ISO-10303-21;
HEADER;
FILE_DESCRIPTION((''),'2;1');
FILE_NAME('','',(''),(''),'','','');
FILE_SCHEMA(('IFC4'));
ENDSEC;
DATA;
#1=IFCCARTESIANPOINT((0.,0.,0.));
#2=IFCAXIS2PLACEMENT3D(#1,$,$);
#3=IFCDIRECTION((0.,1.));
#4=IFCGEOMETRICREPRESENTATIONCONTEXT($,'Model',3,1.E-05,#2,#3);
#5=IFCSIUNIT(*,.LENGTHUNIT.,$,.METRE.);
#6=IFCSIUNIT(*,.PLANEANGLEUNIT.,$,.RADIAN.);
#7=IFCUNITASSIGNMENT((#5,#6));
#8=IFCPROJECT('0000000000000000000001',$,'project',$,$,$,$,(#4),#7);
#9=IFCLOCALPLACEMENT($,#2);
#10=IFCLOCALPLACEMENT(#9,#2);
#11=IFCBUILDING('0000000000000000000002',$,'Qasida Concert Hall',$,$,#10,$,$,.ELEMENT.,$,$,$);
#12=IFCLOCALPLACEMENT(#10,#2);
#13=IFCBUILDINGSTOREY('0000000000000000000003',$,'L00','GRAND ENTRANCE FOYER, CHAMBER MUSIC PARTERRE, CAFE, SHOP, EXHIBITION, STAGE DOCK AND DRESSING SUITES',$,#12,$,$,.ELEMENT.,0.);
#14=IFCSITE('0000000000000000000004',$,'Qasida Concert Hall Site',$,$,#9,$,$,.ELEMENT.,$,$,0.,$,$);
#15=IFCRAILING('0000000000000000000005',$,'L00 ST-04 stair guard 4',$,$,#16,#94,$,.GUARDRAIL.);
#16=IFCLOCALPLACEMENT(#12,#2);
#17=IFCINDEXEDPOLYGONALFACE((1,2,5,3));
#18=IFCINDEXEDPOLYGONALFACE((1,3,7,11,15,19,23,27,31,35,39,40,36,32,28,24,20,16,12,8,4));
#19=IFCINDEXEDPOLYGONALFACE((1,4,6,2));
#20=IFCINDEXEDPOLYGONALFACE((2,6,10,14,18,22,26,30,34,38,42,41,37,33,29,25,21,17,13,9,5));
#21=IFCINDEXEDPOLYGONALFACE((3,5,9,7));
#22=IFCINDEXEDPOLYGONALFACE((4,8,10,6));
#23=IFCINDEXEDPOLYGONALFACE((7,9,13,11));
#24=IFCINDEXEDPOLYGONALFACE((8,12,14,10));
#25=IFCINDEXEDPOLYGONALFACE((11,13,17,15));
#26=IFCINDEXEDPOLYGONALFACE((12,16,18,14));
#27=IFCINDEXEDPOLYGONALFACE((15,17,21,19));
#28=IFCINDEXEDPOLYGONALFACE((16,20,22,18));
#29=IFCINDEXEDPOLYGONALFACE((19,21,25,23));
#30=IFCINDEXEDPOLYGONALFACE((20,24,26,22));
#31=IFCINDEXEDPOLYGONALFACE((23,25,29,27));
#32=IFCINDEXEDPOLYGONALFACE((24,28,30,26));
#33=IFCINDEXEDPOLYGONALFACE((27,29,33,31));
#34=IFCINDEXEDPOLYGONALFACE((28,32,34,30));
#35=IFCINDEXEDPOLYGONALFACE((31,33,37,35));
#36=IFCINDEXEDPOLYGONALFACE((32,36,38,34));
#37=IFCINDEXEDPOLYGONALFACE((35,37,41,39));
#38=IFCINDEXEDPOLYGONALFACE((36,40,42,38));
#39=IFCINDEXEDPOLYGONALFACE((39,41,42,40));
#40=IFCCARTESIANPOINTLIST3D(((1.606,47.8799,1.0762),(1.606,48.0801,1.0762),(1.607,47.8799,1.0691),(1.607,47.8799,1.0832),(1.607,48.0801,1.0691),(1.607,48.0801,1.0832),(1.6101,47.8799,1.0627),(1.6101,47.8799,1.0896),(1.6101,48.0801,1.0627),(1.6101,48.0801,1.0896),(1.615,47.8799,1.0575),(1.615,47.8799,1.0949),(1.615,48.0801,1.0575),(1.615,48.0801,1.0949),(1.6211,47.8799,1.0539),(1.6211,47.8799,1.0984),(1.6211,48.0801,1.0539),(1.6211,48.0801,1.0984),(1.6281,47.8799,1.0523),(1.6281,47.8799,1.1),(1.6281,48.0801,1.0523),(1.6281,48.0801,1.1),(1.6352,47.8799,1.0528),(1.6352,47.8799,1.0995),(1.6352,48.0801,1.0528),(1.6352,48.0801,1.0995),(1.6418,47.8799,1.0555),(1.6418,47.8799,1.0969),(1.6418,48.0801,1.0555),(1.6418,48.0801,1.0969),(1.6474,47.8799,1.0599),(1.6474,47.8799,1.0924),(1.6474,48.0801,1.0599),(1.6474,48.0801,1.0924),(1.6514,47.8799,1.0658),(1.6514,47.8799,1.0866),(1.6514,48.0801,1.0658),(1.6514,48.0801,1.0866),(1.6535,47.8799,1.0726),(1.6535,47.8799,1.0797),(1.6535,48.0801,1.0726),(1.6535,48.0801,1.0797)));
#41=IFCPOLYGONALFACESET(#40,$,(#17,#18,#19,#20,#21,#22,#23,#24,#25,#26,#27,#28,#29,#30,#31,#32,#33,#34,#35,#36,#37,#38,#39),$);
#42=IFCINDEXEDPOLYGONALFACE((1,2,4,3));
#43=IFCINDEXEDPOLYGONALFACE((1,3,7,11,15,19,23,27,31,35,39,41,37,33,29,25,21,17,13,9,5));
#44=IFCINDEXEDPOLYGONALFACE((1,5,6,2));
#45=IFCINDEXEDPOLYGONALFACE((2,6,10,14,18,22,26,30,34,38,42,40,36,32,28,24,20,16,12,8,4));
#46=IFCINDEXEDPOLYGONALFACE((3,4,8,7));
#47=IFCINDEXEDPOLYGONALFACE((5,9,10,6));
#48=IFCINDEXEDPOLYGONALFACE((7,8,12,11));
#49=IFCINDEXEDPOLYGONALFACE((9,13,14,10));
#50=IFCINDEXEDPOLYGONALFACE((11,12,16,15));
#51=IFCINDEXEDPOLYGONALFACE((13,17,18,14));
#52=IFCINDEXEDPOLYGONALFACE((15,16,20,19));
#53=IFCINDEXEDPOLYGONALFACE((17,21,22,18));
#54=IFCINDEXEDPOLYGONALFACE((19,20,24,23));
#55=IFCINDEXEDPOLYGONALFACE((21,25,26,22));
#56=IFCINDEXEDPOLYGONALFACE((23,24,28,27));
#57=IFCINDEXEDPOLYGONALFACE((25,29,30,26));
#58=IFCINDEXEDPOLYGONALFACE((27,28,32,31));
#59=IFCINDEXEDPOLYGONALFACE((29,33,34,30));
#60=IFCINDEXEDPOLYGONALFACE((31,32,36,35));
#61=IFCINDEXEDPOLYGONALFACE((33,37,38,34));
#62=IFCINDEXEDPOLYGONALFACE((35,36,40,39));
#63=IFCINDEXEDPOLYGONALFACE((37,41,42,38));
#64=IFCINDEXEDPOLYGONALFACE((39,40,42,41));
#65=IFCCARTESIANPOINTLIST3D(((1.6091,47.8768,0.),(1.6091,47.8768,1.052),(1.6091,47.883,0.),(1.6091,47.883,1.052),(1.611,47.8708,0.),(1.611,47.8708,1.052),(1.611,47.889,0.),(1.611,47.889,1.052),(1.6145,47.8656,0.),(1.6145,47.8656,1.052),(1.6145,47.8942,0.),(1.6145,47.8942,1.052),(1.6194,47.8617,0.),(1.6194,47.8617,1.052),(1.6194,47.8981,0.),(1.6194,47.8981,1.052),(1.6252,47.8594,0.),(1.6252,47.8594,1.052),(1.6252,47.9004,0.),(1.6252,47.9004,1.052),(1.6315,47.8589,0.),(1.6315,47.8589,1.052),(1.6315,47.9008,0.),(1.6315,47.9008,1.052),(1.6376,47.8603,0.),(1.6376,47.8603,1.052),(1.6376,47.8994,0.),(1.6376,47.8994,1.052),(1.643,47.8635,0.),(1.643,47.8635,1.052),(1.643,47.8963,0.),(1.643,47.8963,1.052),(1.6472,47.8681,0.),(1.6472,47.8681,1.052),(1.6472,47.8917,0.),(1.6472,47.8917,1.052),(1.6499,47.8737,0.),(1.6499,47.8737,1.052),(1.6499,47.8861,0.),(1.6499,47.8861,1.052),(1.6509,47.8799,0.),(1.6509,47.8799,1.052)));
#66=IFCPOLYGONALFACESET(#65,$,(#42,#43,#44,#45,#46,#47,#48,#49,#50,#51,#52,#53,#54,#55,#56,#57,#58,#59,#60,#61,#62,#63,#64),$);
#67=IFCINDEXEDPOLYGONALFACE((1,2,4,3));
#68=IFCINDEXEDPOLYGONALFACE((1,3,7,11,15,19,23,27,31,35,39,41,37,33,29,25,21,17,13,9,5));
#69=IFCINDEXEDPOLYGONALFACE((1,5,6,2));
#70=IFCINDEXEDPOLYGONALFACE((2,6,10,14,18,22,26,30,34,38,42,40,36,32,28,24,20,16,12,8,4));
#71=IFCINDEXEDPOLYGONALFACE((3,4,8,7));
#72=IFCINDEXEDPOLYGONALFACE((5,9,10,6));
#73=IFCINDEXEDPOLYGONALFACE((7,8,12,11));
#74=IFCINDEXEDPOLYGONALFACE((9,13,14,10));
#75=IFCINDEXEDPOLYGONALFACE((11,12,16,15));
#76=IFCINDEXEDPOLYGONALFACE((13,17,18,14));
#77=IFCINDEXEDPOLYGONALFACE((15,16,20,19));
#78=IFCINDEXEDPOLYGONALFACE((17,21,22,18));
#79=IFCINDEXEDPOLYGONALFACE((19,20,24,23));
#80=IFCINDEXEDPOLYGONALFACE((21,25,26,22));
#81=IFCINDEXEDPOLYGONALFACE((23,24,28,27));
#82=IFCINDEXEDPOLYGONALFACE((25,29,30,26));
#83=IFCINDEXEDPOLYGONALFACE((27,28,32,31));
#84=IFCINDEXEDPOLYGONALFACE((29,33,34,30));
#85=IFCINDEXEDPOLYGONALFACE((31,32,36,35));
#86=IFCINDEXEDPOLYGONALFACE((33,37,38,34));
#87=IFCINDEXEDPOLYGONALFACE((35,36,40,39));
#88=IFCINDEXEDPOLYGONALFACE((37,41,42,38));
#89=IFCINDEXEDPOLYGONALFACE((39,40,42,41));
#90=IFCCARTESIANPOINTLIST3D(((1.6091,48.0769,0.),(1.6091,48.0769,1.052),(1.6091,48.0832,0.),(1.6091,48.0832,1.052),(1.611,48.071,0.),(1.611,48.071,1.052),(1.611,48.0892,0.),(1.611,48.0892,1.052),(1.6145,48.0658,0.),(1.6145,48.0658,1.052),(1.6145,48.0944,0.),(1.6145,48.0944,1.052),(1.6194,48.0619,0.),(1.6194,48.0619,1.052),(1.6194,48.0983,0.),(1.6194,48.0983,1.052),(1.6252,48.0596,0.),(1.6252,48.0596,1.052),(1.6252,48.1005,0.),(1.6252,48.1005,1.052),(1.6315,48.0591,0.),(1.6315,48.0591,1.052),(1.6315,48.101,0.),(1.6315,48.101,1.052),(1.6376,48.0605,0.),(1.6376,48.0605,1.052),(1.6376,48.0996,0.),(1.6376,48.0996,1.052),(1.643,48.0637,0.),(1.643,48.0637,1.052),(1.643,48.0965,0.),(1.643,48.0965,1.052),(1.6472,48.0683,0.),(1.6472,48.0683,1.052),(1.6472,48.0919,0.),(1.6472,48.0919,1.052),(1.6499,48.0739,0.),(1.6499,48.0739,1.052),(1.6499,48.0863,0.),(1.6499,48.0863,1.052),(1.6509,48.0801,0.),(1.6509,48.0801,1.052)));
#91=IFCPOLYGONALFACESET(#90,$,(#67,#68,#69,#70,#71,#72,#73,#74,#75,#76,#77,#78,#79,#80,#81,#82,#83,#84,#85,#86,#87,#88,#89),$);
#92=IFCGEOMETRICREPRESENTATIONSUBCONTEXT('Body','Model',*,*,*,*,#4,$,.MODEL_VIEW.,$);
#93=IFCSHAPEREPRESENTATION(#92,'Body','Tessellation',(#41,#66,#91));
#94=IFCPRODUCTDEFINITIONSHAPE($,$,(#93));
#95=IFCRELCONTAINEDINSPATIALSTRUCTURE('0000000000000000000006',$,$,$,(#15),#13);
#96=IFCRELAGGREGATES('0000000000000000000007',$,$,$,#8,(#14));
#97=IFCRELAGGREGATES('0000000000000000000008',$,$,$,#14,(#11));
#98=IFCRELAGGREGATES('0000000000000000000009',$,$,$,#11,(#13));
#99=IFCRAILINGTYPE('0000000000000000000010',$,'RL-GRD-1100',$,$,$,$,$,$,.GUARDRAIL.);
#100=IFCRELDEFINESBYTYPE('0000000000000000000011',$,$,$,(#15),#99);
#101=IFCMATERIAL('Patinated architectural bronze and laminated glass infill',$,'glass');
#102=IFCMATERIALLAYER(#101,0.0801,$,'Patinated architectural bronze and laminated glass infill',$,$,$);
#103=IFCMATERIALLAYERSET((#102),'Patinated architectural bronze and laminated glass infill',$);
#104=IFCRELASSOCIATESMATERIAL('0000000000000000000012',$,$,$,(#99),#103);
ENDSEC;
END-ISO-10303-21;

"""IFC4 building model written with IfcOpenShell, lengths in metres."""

from ifc_helpers import new_model, si_unit, direction, frame, origin, origin_2d, place, context, subcontext, project, spatial, circle, extrude, material, layer, layer_set, type_object, element, save


model = new_model("IFC4")

# Units and contexts
model_context = context("Model", 3, precision=1e-05, world=origin(), true_north=direction((0.0, 1.0)))
body_context = subcontext(model_context, "Body", "Model", "MODEL_VIEW")
ifc_project = project(units=[si_unit("LENGTHUNIT", "METRE"), si_unit("PLANEANGLEUNIT", "RADIAN")], contexts=[model_context])

# Site, building, storey
site_placement = place(None, origin())
site = spatial("IfcSite", under=ifc_project, at=site_placement, Name="Qasida Concert Hall Site", CompositionType="ELEMENT", RefElevation=0.0)
building_placement = place(site_placement, origin())
building = spatial("IfcBuilding", under=site, at=building_placement, Name="Qasida Concert Hall", CompositionType="ELEMENT")
storey_placement = place(building_placement, origin())
storey = spatial("IfcBuildingStorey", under=building, at=storey_placement, Name="L00", Description="GRAND ENTRANCE FOYER, CHAMBER MUSIC PARTERRE, CAFE, SHOP, EXHIBITION, STAGE DOCK AND DRESSING SUITES", CompositionType="ELEMENT", Elevation=0.0)

# Railing
ifc_material_1 = material(Name="Patinated architectural bronze and laminated glass infill", Category="glass")
ifc_layer_1 = layer(ifc_material_1, 0.0801, Name="Patinated architectural bronze and laminated glass infill")
ifc_layer_set_1 = layer_set([ifc_layer_1], Name="Patinated architectural bronze and laminated glass infill")
railing_type_1 = type_object("IfcRailingType", Name="RL-GRD-1100", PredefinedType="GUARDRAIL", material=ifc_layer_set_1)
railing_1_placement = place(storey_placement, frame((1.6299, 47.8799, 0.0)))
element("IfcRailing", 1, at=railing_1_placement, inside=storey, type_object=railing_type_1, Name="L00 ST-04 stair guard 4", PredefinedType="GUARDRAIL", context=body_context, shape_type="SweptSolid", body=[
    extrude(circle(Radius=0.0239, at=origin_2d()), frame((0.0, 0.0, 1.0762), z_axis=(0.0, 1.0, 0.0), x_axis=(-1.0, 0.0, 0.0)), (0.0, 0.0, 1.0), 0.2002),
    extrude(circle(Radius=0.021, at=origin_2d()), origin(), (0.0, 0.0, 1.0), 1.052),
    extrude(circle(Radius=0.021, at=origin_2d()), frame((0.0, 0.2002, 0.0)), (0.0, 0.0, 1.0), 1.052),
])

save(model, "model.ifc")
